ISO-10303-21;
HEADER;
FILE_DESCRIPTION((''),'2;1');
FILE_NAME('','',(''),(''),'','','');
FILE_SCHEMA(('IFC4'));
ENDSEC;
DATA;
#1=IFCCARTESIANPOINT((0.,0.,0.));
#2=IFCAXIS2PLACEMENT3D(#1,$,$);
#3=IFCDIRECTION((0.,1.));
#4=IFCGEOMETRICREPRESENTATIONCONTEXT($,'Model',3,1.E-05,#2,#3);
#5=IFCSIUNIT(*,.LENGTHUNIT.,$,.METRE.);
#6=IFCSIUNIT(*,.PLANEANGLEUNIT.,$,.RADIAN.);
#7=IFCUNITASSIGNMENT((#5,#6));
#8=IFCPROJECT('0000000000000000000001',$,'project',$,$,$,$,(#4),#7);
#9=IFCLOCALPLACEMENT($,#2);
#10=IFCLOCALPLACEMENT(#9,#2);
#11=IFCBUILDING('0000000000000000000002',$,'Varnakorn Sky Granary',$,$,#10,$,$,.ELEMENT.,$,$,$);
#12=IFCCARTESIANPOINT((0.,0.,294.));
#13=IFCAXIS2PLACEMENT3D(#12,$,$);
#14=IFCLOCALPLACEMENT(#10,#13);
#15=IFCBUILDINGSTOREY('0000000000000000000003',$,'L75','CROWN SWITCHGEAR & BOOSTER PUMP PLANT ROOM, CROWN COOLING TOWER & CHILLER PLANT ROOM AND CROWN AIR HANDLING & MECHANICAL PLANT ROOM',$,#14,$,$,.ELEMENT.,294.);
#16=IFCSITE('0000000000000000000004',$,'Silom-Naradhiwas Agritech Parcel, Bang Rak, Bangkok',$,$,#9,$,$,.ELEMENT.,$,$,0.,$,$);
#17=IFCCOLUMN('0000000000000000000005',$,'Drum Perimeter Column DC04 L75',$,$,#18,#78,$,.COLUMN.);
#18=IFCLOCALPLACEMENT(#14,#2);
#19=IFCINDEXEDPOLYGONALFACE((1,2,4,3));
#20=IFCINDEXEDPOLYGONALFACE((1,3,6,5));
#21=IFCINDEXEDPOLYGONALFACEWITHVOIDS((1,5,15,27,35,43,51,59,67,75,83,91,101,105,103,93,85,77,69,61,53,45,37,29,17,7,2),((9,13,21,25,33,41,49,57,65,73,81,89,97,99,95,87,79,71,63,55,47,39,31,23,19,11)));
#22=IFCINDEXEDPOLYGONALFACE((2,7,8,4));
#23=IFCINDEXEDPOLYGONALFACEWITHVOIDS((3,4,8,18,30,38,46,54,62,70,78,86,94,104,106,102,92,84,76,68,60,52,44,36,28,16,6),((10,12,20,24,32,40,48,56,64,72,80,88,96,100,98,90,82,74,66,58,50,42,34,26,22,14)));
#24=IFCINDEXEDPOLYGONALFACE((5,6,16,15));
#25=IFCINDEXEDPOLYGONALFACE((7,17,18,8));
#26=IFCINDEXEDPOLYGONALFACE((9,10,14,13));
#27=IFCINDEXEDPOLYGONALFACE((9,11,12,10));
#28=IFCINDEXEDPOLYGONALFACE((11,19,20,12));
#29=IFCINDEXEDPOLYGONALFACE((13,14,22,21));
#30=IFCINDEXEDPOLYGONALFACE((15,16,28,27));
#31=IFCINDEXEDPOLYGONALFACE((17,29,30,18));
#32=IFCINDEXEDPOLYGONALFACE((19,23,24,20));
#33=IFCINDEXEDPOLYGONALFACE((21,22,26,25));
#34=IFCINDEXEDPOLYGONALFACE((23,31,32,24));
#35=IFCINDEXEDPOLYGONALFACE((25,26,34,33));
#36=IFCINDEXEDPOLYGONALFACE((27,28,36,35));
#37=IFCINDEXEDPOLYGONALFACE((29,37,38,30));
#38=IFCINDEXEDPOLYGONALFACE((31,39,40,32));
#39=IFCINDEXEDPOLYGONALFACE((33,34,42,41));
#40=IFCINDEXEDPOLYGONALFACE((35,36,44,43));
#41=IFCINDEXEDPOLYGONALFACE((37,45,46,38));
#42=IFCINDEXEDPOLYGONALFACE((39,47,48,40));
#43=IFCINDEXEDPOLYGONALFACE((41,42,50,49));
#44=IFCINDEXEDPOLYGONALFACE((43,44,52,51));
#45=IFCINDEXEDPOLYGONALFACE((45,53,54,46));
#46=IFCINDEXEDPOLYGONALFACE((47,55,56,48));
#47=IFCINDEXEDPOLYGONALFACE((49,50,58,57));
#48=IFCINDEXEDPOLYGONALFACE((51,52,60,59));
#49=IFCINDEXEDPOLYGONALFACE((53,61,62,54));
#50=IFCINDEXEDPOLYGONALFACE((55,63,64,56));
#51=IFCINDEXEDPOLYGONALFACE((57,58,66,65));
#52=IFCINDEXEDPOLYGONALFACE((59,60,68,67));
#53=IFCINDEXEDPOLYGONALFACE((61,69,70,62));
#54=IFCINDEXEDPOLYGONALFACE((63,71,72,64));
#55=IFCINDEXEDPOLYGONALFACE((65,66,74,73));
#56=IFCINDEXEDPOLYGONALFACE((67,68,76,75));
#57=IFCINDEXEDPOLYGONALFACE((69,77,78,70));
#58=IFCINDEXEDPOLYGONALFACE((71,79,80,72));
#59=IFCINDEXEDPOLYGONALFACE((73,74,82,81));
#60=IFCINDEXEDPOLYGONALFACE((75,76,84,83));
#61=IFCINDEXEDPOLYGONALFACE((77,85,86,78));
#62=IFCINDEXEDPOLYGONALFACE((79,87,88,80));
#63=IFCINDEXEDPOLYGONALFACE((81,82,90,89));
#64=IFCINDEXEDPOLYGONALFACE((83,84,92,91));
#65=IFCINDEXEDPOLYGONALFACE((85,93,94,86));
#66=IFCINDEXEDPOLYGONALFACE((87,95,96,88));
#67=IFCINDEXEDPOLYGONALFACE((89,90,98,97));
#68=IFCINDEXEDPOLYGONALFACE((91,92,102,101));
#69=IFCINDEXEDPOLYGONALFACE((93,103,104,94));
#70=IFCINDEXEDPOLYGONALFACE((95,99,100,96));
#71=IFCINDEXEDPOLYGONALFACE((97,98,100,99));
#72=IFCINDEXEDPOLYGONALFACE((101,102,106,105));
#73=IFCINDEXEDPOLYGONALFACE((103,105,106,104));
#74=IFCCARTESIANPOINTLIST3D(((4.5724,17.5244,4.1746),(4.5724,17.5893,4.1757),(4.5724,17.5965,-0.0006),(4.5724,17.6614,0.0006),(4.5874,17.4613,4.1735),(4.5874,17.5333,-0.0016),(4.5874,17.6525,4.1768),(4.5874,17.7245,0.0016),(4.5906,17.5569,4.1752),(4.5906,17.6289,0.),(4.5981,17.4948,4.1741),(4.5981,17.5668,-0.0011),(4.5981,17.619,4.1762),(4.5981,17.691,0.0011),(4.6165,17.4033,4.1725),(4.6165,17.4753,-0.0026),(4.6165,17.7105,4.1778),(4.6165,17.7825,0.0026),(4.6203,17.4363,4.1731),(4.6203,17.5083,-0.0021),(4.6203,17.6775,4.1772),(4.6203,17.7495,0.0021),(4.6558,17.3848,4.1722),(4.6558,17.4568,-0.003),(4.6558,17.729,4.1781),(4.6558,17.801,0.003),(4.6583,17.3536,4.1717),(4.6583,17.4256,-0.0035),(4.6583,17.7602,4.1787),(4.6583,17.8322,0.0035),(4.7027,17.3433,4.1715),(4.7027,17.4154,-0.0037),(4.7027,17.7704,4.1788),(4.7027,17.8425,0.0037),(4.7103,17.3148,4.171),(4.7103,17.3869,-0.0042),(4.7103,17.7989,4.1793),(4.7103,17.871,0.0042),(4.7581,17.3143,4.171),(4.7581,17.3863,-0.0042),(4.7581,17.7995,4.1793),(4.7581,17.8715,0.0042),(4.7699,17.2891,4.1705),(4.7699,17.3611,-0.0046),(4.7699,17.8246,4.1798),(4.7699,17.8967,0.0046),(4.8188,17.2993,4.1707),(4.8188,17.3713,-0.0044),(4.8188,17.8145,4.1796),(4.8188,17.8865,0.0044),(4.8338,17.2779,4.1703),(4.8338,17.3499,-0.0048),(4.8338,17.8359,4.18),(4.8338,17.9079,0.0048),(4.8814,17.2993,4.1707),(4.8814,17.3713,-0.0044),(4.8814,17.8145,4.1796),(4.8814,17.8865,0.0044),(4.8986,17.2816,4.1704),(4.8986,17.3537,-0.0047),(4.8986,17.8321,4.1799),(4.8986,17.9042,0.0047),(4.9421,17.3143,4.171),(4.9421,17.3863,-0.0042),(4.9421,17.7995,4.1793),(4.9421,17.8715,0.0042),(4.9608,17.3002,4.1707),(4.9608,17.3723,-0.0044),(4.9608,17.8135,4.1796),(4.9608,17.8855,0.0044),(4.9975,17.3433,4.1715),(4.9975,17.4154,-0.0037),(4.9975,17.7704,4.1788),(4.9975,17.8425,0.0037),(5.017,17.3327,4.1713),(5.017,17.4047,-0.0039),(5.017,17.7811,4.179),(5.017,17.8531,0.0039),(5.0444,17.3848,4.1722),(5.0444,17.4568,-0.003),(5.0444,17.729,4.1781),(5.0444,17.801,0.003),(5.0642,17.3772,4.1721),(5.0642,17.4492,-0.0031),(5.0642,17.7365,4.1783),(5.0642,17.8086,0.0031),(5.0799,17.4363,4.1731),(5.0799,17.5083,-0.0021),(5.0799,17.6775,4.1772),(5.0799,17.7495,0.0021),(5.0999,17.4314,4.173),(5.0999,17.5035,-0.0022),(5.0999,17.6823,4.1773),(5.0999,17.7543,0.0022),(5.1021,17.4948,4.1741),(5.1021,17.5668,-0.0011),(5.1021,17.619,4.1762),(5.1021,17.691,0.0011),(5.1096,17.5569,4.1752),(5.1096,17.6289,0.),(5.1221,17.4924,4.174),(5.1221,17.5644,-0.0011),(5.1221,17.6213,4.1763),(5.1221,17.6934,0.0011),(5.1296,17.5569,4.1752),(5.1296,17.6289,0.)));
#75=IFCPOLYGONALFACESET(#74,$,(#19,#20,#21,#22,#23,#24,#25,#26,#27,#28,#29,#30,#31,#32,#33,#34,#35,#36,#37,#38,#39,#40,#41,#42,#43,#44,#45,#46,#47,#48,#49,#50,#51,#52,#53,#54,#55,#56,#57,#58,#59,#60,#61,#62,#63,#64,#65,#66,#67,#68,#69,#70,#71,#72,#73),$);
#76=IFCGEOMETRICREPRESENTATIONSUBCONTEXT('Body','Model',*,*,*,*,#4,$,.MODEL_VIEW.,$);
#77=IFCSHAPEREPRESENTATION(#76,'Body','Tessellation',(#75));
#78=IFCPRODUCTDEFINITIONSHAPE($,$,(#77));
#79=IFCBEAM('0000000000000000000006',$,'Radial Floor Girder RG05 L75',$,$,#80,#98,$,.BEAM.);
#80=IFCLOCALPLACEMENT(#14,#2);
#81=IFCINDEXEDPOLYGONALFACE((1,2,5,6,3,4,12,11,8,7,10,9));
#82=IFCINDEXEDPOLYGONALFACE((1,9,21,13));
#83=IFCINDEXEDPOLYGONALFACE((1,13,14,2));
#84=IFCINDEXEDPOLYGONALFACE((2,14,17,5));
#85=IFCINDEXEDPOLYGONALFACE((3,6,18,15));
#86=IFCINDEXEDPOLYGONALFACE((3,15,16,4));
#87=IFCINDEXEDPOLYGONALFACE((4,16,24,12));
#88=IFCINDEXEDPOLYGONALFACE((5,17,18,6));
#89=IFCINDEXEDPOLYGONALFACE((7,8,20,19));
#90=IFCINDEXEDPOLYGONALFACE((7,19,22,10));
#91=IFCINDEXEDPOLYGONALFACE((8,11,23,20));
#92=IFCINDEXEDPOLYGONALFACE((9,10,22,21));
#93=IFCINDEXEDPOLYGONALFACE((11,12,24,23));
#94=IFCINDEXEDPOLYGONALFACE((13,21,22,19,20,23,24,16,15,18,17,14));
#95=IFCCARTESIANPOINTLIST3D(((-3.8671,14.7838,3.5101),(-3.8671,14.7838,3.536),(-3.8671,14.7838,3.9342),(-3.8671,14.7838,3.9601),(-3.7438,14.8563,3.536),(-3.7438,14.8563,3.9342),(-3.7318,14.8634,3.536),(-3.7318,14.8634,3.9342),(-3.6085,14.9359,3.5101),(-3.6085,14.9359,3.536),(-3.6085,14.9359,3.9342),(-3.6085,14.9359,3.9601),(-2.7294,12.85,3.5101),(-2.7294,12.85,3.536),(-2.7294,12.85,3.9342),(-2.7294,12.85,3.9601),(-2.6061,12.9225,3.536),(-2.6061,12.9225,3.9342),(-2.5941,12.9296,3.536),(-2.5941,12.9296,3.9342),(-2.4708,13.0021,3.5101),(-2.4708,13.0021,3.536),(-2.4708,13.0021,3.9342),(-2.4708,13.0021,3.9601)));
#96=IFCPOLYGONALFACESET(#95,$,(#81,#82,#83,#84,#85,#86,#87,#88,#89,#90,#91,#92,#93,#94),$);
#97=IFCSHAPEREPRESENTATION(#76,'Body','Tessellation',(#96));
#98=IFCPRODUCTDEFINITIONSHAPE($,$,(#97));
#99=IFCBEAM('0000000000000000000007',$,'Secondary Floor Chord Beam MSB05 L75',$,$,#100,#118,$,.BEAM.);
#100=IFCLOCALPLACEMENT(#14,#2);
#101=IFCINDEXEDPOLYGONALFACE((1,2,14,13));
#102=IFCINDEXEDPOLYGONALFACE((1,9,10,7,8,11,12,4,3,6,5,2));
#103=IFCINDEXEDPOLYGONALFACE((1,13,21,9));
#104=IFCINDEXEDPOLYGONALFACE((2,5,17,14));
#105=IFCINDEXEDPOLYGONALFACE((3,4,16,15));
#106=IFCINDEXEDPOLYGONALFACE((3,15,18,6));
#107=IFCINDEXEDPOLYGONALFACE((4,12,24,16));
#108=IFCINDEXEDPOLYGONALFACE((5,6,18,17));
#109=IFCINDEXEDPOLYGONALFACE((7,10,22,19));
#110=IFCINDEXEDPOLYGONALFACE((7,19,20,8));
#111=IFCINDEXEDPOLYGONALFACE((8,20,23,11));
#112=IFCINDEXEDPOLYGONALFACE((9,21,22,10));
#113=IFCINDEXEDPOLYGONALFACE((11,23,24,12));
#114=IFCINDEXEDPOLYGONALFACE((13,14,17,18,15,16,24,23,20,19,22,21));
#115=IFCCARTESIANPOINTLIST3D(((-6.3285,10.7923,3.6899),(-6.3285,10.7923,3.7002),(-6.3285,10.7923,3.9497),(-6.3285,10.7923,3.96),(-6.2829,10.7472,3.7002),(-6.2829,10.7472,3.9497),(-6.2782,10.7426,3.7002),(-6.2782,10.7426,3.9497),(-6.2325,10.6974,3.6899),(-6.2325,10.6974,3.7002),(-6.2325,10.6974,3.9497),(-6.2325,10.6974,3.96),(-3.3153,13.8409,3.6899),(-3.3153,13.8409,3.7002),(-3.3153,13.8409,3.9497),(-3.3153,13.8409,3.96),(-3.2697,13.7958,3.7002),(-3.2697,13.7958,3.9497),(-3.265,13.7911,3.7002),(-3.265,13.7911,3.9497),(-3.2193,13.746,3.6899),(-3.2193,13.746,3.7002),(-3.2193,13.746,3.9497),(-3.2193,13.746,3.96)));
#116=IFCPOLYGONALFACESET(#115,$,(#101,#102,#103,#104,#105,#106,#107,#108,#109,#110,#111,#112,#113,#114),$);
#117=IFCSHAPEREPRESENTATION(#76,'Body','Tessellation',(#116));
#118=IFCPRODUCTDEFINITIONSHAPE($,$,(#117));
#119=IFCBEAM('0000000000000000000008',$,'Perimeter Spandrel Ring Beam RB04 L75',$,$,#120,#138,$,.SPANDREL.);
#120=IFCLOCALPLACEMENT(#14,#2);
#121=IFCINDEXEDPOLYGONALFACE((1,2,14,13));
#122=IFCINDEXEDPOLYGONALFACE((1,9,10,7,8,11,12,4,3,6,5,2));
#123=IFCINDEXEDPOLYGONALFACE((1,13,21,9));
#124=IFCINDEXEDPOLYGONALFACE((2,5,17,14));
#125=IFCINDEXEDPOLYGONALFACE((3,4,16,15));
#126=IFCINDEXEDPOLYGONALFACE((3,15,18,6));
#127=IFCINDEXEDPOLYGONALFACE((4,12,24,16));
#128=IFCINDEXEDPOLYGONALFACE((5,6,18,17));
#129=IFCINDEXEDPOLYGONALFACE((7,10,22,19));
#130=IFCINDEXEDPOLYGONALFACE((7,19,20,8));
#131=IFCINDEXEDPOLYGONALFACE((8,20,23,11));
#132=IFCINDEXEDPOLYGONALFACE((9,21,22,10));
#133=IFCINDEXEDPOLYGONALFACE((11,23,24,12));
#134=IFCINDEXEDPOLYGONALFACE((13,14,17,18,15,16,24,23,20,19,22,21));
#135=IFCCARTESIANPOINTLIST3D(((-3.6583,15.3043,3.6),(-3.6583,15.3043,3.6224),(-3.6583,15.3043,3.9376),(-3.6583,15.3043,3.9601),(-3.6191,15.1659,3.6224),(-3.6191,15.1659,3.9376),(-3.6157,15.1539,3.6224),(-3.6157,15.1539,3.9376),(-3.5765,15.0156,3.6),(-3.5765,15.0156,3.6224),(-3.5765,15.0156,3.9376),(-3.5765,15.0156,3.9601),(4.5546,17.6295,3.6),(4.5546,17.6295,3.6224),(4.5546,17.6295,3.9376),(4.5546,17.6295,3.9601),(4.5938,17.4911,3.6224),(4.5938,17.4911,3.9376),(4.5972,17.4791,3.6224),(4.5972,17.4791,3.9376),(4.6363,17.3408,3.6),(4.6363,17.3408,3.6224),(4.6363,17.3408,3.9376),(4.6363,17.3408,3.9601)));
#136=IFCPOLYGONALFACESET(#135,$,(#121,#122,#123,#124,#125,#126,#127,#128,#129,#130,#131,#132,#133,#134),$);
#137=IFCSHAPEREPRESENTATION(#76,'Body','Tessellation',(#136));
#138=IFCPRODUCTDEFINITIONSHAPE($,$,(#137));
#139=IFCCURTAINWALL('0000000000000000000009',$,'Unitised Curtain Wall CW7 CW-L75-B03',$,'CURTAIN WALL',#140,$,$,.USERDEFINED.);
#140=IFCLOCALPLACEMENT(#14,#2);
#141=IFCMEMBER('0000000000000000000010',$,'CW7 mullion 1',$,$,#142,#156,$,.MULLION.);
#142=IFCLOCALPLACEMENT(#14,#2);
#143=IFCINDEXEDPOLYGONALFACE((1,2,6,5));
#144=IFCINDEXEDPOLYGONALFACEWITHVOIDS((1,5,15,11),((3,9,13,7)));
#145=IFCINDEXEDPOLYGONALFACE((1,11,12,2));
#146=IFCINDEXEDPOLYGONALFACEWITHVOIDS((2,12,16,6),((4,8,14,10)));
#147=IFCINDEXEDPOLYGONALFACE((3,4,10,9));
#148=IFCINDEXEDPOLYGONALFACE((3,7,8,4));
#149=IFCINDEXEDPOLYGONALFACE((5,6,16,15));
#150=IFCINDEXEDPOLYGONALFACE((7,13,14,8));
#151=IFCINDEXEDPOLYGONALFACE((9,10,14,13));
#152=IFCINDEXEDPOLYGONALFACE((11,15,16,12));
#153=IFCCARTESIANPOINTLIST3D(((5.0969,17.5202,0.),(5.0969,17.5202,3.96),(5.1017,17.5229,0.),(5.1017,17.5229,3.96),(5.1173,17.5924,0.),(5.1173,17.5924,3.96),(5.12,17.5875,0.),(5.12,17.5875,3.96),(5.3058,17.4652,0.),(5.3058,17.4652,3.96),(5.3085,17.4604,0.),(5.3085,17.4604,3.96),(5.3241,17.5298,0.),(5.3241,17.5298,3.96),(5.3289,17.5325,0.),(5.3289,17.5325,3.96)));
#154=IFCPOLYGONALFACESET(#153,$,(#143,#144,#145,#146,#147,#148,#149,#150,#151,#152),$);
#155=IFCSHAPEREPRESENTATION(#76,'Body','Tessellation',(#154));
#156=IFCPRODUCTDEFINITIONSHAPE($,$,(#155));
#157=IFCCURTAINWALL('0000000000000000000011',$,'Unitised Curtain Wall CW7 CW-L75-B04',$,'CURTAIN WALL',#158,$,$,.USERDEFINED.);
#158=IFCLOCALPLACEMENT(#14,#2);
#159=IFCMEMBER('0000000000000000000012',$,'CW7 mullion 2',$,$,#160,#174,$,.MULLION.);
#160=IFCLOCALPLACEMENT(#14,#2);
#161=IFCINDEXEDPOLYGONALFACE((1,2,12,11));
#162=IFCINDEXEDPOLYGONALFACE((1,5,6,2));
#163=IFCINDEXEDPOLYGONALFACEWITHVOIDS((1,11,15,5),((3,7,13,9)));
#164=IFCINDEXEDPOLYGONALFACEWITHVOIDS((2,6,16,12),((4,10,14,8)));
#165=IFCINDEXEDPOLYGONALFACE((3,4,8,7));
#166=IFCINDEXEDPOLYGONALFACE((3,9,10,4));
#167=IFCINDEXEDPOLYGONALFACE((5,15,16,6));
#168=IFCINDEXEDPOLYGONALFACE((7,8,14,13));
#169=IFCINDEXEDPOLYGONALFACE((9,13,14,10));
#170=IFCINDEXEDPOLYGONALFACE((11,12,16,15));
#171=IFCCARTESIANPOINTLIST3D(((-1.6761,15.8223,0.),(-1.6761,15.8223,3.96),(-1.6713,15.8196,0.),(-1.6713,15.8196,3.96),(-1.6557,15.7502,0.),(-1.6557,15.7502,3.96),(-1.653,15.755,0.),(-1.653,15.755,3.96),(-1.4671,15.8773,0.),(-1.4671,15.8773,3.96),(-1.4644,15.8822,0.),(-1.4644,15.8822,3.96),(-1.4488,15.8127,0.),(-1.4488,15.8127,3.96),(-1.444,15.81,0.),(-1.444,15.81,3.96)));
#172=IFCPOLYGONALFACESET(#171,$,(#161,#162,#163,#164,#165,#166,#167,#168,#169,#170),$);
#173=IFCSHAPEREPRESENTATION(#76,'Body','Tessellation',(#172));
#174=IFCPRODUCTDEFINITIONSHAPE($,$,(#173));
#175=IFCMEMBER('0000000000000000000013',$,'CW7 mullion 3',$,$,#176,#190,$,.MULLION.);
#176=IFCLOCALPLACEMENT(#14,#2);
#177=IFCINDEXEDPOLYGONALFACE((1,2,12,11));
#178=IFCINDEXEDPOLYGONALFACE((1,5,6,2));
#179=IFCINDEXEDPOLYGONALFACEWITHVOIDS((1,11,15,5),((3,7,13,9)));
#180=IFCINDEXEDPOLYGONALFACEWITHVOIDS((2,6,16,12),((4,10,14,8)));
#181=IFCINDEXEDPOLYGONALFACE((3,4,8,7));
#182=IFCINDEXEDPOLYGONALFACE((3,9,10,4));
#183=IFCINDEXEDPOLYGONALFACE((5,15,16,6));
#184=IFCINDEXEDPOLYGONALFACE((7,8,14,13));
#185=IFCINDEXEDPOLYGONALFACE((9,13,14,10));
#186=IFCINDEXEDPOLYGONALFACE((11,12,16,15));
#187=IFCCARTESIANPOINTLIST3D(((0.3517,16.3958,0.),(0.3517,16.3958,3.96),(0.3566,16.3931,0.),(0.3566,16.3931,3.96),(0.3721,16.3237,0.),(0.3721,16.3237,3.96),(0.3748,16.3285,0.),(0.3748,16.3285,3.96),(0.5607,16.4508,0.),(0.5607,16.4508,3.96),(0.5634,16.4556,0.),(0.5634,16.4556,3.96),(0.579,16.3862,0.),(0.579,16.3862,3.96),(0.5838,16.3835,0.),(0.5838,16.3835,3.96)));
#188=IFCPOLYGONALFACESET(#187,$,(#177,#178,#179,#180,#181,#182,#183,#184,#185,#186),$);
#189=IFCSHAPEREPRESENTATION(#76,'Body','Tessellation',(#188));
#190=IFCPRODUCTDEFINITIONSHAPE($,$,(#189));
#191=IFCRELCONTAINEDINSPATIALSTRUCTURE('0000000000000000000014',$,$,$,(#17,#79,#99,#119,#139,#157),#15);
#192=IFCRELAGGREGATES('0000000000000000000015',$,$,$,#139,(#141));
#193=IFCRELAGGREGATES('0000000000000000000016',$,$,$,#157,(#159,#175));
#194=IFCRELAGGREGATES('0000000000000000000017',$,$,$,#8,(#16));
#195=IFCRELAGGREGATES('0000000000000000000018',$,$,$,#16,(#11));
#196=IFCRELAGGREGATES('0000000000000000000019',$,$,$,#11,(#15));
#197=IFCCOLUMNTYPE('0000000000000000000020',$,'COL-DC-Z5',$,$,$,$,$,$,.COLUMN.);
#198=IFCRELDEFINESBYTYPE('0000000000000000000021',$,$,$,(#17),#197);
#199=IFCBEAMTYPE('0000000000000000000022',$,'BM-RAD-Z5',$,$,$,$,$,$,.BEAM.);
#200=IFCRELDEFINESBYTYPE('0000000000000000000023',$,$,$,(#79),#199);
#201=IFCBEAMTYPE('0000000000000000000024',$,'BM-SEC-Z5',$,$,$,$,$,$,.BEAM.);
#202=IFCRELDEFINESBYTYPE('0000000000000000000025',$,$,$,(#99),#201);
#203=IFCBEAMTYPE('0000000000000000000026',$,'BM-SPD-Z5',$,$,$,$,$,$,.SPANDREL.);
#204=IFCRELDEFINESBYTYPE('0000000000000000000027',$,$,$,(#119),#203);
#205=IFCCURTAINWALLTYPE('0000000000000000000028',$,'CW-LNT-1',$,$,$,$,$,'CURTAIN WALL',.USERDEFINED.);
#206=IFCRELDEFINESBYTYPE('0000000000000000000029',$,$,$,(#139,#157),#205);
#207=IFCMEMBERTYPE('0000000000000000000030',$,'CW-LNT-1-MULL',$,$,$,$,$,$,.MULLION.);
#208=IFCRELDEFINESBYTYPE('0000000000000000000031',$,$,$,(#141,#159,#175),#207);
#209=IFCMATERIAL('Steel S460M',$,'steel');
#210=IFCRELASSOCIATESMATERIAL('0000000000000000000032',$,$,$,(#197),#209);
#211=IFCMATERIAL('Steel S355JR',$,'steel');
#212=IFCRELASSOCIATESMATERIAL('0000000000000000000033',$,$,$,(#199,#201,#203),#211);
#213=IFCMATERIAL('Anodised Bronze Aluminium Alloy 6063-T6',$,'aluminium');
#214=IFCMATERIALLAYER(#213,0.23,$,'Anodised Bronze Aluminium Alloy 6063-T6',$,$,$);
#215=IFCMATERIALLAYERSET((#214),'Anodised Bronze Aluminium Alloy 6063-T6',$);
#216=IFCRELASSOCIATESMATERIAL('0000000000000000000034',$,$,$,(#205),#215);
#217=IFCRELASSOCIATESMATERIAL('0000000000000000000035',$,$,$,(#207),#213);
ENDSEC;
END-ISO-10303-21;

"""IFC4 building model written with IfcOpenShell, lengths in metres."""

from ifc_helpers import new_model, si_unit, direction, frame, origin, origin_2d, place, context, subcontext, project, spatial, hollow_rectangle, hollow_circle, i_section, extrude, material, layer, layer_set, material_profile, profile_set, type_object, element, aggregate, save


model = new_model("IFC4")

# Units and contexts
model_context = context("Model", 3, precision=1e-05, world=origin(), true_north=direction((0.0, 1.0)))
body_context = subcontext(model_context, "Body", "Model", "MODEL_VIEW")
ifc_project = project(units=[si_unit("LENGTHUNIT", "METRE"), si_unit("PLANEANGLEUNIT", "RADIAN")], contexts=[model_context])

# Site, building, storey
site_placement = place(None, origin())
site = spatial("IfcSite", under=ifc_project, at=site_placement, Name="Silom-Naradhiwas Agritech Parcel, Bang Rak, Bangkok", CompositionType="ELEMENT", RefElevation=0.0)
building_placement = place(site_placement, origin())
building = spatial("IfcBuilding", under=site, at=building_placement, Name="Varnakorn Sky Granary", CompositionType="ELEMENT")
storey_placement = place(building_placement, frame((0.0, 0.0, 294.0)))
storey = spatial("IfcBuildingStorey", under=building, at=storey_placement, Name="L75", Description="CROWN SWITCHGEAR & BOOSTER PUMP PLANT ROOM, CROWN COOLING TOWER & CHILLER PLANT ROOM AND CROWN AIR HANDLING & MECHANICAL PLANT ROOM", CompositionType="ELEMENT", Elevation=294.0)

# Column
ifc_material_1 = material(Name="Steel S460M", Category="steel")
ifc_material_profile_1 = material_profile(ifc_material_1, hollow_circle(Radius=0.2795, WallThickness=0.02, at=origin_2d()), Name="CHS 559x20")
ifc_profile_set_1 = profile_set([ifc_material_profile_1], Name="Steel S460M")
column_type = type_object("IfcColumnType", Name="COL-DC-Z5", PredefinedType="COLUMN", material=ifc_profile_set_1)
column_placement = place(storey_placement, frame((4.8501, 17.6289, 0.0), z_axis=(0.0, -0.017248, 0.999851), x_axis=(1.0, 0.0, 0.0)))
element("IfcColumn", 1, at=column_placement, inside=storey, type_object=column_type, Name="Drum Perimeter Column DC04 L75", PredefinedType="COLUMN", context=body_context, shape_type="SweptSolid", body=[
    extrude(hollow_circle(Radius=0.2795, WallThickness=0.02, at=origin_2d()), origin(), (0.0, 0.0, 1.0), 4.1758),
])

# Beams
ifc_material_2 = material(Name="Steel S355JR", Category="steel")
ifc_material_profile_2 = material_profile(ifc_material_2, i_section(OverallWidth=0.3, OverallDepth=0.45, WebThickness=0.0139, FlangeThickness=0.0259, at=origin_2d()), Name="HE 450 B")
ifc_profile_set_2 = profile_set([ifc_material_profile_2], Name="Steel S355JR")
beam_type_1 = type_object("IfcBeamType", Name="BM-RAD-Z5", PredefinedType="BEAM", material=ifc_profile_set_2)
beam_1_placement = place(storey_placement, frame((-2.6001, 12.926, 3.7351), z_axis=(-0.507068, 0.861906, 0.0), x_axis=(-0.861906, -0.507068, 0.0)))
element("IfcBeam", 2, at=beam_1_placement, inside=storey, type_object=beam_type_1, Name="Radial Floor Girder RG05 L75", PredefinedType="BEAM", context=body_context, shape_type="SweptSolid", body=[
    extrude(i_section(OverallWidth=0.3, OverallDepth=0.45, WebThickness=0.0139, FlangeThickness=0.0259, at=origin_2d()), origin(), (0.0, 0.0, 1.0), 2.2437),
])
ifc_material_profile_3 = material_profile(ifc_material_2, i_section(OverallWidth=0.135, OverallDepth=0.27, WebThickness=0.0066, FlangeThickness=0.0103, at=origin_2d()), Name="IPE 270")
ifc_profile_set_3 = profile_set([ifc_material_profile_3], Name="Steel S355JR")
beam_type_2 = type_object("IfcBeamType", Name="BM-SEC-Z5", PredefinedType="BEAM", material=ifc_profile_set_3)
beam_2_placement = place(storey_placement, frame((-3.2673, 13.7935, 3.825), z_axis=(-0.702965, -0.711224, 0.0), x_axis=(0.711224, -0.702965, 0.0)))
element("IfcBeam", 3, at=beam_2_placement, inside=storey, type_object=beam_type_2, Name="Secondary Floor Chord Beam MSB05 L75", PredefinedType="BEAM", context=body_context, shape_type="SweptSolid", body=[
    extrude(i_section(OverallWidth=0.135, OverallDepth=0.27, WebThickness=0.0066, FlangeThickness=0.0103, at=origin_2d()), origin(), (0.0, 0.0, 1.0), 4.2864),
])
ifc_material_profile_4 = material_profile(ifc_material_2, i_section(OverallWidth=0.3, OverallDepth=0.3601, WebThickness=0.0125, FlangeThickness=0.0225, at=origin_2d()), Name="HE 360 B")
ifc_profile_set_4 = profile_set([ifc_material_profile_4], Name="Steel S355JR")
beam_type_3 = type_object("IfcBeamType", Name="BM-SPD-Z5", PredefinedType="SPANDREL", material=ifc_profile_set_4)
beam_3_placement = place(storey_placement, frame((4.5955, 17.4851, 3.78), z_axis=(-0.962182, -0.272408, 0.0), x_axis=(0.272408, -0.962182, 0.0)))
element("IfcBeam", 4, at=beam_3_placement, inside=storey, type_object=beam_type_3, Name="Perimeter Spandrel Ring Beam RB04 L75", PredefinedType="SPANDREL", context=body_context, shape_type="SweptSolid", body=[
    extrude(i_section(OverallWidth=0.3, OverallDepth=0.3601, WebThickness=0.0125, FlangeThickness=0.0225, at=origin_2d()), origin(), (0.0, 0.0, 1.0), 8.5356),
])

# Curtain wall, member
ifc_material_3 = material(Name="Anodised Bronze Aluminium Alloy 6063-T6", Category="aluminium")
ifc_layer_1 = layer(ifc_material_3, 0.23, Name="Anodised Bronze Aluminium Alloy 6063-T6")
ifc_layer_set_1 = layer_set([ifc_layer_1], Name="Anodised Bronze Aluminium Alloy 6063-T6")
curtain_wall_type = type_object("IfcCurtainWallType", Name="CW-LNT-1", ElementType="CURTAIN WALL", PredefinedType="USERDEFINED", material=ifc_layer_set_1)
curtain_wall_1_placement = place(storey_placement, origin())
curtain_wall_1 = element("IfcCurtainWall", 5, at=curtain_wall_1_placement, inside=storey, type_object=curtain_wall_type, Name="Unitised Curtain Wall CW7 CW-L75-B03", ObjectType="CURTAIN WALL", PredefinedType="USERDEFINED")
ifc_material_profile_5 = material_profile(ifc_material_3, hollow_rectangle(XDim=0.075, YDim=0.22, WallThickness=0.0039, at=origin_2d()), Name="ALU MULL 75x220")
ifc_profile_set_5 = profile_set([ifc_material_profile_5], Name="Anodised Bronze Aluminium Alloy 6063-T6")
member_type_1 = type_object("IfcMemberType", Name="CW-LNT-1-MULL", PredefinedType="MULLION", material=ifc_profile_set_5)
member_1_placement = place(storey_placement, frame((5.2129, 17.5264, 0.0), z_axis=(0.0, 0.0, 1.0), x_axis=(0.272147, 0.962256, 0.0)))
member_1 = element("IfcMember", 6, at=member_1_placement, type_object=member_type_1, Name="CW7 mullion 1", PredefinedType="MULLION", context=body_context, shape_type="SweptSolid", body=[
    extrude(hollow_rectangle(XDim=0.075, YDim=0.22, WallThickness=0.0039, at=origin_2d()), origin(), (0.0, 0.0, 1.0), 3.96),
])

# Curtain wall, members
curtain_wall_2_placement = place(storey_placement, origin())
curtain_wall_2 = element("IfcCurtainWall", 7, at=curtain_wall_2_placement, inside=storey, type_object=curtain_wall_type, Name="Unitised Curtain Wall CW7 CW-L75-B04", ObjectType="CURTAIN WALL", PredefinedType="USERDEFINED")
member_2_placement = place(storey_placement, frame((-1.5601, 15.8162, 0.0), z_axis=(0.0, 0.0, 1.0), x_axis=(-0.272147, 0.962256, 0.0)))
member_2 = element("IfcMember", 8, at=member_2_placement, type_object=member_type_1, Name="CW7 mullion 2", PredefinedType="MULLION", context=body_context, shape_type="SweptSolid", body=[
    extrude(hollow_rectangle(XDim=0.075, YDim=0.22, WallThickness=0.0039, at=origin_2d()), origin(), (0.0, 0.0, 1.0), 3.96),
])
member_3_placement = place(storey_placement, frame((0.4678, 16.3896, 0.0), z_axis=(0.0, 0.0, 1.0), x_axis=(-0.272147, 0.962256, 0.0)))
member_3 = element("IfcMember", 9, at=member_3_placement, type_object=member_type_1, Name="CW7 mullion 3", PredefinedType="MULLION", context=body_context, shape_type="SweptSolid", body=[
    extrude(hollow_rectangle(XDim=0.075, YDim=0.22, WallThickness=0.0039, at=origin_2d()), origin(), (0.0, 0.0, 1.0), 3.96),
])

aggregate(curtain_wall_1, [member_1])

aggregate(curtain_wall_2, [member_2, member_3])

save(model, "model.ifc")
